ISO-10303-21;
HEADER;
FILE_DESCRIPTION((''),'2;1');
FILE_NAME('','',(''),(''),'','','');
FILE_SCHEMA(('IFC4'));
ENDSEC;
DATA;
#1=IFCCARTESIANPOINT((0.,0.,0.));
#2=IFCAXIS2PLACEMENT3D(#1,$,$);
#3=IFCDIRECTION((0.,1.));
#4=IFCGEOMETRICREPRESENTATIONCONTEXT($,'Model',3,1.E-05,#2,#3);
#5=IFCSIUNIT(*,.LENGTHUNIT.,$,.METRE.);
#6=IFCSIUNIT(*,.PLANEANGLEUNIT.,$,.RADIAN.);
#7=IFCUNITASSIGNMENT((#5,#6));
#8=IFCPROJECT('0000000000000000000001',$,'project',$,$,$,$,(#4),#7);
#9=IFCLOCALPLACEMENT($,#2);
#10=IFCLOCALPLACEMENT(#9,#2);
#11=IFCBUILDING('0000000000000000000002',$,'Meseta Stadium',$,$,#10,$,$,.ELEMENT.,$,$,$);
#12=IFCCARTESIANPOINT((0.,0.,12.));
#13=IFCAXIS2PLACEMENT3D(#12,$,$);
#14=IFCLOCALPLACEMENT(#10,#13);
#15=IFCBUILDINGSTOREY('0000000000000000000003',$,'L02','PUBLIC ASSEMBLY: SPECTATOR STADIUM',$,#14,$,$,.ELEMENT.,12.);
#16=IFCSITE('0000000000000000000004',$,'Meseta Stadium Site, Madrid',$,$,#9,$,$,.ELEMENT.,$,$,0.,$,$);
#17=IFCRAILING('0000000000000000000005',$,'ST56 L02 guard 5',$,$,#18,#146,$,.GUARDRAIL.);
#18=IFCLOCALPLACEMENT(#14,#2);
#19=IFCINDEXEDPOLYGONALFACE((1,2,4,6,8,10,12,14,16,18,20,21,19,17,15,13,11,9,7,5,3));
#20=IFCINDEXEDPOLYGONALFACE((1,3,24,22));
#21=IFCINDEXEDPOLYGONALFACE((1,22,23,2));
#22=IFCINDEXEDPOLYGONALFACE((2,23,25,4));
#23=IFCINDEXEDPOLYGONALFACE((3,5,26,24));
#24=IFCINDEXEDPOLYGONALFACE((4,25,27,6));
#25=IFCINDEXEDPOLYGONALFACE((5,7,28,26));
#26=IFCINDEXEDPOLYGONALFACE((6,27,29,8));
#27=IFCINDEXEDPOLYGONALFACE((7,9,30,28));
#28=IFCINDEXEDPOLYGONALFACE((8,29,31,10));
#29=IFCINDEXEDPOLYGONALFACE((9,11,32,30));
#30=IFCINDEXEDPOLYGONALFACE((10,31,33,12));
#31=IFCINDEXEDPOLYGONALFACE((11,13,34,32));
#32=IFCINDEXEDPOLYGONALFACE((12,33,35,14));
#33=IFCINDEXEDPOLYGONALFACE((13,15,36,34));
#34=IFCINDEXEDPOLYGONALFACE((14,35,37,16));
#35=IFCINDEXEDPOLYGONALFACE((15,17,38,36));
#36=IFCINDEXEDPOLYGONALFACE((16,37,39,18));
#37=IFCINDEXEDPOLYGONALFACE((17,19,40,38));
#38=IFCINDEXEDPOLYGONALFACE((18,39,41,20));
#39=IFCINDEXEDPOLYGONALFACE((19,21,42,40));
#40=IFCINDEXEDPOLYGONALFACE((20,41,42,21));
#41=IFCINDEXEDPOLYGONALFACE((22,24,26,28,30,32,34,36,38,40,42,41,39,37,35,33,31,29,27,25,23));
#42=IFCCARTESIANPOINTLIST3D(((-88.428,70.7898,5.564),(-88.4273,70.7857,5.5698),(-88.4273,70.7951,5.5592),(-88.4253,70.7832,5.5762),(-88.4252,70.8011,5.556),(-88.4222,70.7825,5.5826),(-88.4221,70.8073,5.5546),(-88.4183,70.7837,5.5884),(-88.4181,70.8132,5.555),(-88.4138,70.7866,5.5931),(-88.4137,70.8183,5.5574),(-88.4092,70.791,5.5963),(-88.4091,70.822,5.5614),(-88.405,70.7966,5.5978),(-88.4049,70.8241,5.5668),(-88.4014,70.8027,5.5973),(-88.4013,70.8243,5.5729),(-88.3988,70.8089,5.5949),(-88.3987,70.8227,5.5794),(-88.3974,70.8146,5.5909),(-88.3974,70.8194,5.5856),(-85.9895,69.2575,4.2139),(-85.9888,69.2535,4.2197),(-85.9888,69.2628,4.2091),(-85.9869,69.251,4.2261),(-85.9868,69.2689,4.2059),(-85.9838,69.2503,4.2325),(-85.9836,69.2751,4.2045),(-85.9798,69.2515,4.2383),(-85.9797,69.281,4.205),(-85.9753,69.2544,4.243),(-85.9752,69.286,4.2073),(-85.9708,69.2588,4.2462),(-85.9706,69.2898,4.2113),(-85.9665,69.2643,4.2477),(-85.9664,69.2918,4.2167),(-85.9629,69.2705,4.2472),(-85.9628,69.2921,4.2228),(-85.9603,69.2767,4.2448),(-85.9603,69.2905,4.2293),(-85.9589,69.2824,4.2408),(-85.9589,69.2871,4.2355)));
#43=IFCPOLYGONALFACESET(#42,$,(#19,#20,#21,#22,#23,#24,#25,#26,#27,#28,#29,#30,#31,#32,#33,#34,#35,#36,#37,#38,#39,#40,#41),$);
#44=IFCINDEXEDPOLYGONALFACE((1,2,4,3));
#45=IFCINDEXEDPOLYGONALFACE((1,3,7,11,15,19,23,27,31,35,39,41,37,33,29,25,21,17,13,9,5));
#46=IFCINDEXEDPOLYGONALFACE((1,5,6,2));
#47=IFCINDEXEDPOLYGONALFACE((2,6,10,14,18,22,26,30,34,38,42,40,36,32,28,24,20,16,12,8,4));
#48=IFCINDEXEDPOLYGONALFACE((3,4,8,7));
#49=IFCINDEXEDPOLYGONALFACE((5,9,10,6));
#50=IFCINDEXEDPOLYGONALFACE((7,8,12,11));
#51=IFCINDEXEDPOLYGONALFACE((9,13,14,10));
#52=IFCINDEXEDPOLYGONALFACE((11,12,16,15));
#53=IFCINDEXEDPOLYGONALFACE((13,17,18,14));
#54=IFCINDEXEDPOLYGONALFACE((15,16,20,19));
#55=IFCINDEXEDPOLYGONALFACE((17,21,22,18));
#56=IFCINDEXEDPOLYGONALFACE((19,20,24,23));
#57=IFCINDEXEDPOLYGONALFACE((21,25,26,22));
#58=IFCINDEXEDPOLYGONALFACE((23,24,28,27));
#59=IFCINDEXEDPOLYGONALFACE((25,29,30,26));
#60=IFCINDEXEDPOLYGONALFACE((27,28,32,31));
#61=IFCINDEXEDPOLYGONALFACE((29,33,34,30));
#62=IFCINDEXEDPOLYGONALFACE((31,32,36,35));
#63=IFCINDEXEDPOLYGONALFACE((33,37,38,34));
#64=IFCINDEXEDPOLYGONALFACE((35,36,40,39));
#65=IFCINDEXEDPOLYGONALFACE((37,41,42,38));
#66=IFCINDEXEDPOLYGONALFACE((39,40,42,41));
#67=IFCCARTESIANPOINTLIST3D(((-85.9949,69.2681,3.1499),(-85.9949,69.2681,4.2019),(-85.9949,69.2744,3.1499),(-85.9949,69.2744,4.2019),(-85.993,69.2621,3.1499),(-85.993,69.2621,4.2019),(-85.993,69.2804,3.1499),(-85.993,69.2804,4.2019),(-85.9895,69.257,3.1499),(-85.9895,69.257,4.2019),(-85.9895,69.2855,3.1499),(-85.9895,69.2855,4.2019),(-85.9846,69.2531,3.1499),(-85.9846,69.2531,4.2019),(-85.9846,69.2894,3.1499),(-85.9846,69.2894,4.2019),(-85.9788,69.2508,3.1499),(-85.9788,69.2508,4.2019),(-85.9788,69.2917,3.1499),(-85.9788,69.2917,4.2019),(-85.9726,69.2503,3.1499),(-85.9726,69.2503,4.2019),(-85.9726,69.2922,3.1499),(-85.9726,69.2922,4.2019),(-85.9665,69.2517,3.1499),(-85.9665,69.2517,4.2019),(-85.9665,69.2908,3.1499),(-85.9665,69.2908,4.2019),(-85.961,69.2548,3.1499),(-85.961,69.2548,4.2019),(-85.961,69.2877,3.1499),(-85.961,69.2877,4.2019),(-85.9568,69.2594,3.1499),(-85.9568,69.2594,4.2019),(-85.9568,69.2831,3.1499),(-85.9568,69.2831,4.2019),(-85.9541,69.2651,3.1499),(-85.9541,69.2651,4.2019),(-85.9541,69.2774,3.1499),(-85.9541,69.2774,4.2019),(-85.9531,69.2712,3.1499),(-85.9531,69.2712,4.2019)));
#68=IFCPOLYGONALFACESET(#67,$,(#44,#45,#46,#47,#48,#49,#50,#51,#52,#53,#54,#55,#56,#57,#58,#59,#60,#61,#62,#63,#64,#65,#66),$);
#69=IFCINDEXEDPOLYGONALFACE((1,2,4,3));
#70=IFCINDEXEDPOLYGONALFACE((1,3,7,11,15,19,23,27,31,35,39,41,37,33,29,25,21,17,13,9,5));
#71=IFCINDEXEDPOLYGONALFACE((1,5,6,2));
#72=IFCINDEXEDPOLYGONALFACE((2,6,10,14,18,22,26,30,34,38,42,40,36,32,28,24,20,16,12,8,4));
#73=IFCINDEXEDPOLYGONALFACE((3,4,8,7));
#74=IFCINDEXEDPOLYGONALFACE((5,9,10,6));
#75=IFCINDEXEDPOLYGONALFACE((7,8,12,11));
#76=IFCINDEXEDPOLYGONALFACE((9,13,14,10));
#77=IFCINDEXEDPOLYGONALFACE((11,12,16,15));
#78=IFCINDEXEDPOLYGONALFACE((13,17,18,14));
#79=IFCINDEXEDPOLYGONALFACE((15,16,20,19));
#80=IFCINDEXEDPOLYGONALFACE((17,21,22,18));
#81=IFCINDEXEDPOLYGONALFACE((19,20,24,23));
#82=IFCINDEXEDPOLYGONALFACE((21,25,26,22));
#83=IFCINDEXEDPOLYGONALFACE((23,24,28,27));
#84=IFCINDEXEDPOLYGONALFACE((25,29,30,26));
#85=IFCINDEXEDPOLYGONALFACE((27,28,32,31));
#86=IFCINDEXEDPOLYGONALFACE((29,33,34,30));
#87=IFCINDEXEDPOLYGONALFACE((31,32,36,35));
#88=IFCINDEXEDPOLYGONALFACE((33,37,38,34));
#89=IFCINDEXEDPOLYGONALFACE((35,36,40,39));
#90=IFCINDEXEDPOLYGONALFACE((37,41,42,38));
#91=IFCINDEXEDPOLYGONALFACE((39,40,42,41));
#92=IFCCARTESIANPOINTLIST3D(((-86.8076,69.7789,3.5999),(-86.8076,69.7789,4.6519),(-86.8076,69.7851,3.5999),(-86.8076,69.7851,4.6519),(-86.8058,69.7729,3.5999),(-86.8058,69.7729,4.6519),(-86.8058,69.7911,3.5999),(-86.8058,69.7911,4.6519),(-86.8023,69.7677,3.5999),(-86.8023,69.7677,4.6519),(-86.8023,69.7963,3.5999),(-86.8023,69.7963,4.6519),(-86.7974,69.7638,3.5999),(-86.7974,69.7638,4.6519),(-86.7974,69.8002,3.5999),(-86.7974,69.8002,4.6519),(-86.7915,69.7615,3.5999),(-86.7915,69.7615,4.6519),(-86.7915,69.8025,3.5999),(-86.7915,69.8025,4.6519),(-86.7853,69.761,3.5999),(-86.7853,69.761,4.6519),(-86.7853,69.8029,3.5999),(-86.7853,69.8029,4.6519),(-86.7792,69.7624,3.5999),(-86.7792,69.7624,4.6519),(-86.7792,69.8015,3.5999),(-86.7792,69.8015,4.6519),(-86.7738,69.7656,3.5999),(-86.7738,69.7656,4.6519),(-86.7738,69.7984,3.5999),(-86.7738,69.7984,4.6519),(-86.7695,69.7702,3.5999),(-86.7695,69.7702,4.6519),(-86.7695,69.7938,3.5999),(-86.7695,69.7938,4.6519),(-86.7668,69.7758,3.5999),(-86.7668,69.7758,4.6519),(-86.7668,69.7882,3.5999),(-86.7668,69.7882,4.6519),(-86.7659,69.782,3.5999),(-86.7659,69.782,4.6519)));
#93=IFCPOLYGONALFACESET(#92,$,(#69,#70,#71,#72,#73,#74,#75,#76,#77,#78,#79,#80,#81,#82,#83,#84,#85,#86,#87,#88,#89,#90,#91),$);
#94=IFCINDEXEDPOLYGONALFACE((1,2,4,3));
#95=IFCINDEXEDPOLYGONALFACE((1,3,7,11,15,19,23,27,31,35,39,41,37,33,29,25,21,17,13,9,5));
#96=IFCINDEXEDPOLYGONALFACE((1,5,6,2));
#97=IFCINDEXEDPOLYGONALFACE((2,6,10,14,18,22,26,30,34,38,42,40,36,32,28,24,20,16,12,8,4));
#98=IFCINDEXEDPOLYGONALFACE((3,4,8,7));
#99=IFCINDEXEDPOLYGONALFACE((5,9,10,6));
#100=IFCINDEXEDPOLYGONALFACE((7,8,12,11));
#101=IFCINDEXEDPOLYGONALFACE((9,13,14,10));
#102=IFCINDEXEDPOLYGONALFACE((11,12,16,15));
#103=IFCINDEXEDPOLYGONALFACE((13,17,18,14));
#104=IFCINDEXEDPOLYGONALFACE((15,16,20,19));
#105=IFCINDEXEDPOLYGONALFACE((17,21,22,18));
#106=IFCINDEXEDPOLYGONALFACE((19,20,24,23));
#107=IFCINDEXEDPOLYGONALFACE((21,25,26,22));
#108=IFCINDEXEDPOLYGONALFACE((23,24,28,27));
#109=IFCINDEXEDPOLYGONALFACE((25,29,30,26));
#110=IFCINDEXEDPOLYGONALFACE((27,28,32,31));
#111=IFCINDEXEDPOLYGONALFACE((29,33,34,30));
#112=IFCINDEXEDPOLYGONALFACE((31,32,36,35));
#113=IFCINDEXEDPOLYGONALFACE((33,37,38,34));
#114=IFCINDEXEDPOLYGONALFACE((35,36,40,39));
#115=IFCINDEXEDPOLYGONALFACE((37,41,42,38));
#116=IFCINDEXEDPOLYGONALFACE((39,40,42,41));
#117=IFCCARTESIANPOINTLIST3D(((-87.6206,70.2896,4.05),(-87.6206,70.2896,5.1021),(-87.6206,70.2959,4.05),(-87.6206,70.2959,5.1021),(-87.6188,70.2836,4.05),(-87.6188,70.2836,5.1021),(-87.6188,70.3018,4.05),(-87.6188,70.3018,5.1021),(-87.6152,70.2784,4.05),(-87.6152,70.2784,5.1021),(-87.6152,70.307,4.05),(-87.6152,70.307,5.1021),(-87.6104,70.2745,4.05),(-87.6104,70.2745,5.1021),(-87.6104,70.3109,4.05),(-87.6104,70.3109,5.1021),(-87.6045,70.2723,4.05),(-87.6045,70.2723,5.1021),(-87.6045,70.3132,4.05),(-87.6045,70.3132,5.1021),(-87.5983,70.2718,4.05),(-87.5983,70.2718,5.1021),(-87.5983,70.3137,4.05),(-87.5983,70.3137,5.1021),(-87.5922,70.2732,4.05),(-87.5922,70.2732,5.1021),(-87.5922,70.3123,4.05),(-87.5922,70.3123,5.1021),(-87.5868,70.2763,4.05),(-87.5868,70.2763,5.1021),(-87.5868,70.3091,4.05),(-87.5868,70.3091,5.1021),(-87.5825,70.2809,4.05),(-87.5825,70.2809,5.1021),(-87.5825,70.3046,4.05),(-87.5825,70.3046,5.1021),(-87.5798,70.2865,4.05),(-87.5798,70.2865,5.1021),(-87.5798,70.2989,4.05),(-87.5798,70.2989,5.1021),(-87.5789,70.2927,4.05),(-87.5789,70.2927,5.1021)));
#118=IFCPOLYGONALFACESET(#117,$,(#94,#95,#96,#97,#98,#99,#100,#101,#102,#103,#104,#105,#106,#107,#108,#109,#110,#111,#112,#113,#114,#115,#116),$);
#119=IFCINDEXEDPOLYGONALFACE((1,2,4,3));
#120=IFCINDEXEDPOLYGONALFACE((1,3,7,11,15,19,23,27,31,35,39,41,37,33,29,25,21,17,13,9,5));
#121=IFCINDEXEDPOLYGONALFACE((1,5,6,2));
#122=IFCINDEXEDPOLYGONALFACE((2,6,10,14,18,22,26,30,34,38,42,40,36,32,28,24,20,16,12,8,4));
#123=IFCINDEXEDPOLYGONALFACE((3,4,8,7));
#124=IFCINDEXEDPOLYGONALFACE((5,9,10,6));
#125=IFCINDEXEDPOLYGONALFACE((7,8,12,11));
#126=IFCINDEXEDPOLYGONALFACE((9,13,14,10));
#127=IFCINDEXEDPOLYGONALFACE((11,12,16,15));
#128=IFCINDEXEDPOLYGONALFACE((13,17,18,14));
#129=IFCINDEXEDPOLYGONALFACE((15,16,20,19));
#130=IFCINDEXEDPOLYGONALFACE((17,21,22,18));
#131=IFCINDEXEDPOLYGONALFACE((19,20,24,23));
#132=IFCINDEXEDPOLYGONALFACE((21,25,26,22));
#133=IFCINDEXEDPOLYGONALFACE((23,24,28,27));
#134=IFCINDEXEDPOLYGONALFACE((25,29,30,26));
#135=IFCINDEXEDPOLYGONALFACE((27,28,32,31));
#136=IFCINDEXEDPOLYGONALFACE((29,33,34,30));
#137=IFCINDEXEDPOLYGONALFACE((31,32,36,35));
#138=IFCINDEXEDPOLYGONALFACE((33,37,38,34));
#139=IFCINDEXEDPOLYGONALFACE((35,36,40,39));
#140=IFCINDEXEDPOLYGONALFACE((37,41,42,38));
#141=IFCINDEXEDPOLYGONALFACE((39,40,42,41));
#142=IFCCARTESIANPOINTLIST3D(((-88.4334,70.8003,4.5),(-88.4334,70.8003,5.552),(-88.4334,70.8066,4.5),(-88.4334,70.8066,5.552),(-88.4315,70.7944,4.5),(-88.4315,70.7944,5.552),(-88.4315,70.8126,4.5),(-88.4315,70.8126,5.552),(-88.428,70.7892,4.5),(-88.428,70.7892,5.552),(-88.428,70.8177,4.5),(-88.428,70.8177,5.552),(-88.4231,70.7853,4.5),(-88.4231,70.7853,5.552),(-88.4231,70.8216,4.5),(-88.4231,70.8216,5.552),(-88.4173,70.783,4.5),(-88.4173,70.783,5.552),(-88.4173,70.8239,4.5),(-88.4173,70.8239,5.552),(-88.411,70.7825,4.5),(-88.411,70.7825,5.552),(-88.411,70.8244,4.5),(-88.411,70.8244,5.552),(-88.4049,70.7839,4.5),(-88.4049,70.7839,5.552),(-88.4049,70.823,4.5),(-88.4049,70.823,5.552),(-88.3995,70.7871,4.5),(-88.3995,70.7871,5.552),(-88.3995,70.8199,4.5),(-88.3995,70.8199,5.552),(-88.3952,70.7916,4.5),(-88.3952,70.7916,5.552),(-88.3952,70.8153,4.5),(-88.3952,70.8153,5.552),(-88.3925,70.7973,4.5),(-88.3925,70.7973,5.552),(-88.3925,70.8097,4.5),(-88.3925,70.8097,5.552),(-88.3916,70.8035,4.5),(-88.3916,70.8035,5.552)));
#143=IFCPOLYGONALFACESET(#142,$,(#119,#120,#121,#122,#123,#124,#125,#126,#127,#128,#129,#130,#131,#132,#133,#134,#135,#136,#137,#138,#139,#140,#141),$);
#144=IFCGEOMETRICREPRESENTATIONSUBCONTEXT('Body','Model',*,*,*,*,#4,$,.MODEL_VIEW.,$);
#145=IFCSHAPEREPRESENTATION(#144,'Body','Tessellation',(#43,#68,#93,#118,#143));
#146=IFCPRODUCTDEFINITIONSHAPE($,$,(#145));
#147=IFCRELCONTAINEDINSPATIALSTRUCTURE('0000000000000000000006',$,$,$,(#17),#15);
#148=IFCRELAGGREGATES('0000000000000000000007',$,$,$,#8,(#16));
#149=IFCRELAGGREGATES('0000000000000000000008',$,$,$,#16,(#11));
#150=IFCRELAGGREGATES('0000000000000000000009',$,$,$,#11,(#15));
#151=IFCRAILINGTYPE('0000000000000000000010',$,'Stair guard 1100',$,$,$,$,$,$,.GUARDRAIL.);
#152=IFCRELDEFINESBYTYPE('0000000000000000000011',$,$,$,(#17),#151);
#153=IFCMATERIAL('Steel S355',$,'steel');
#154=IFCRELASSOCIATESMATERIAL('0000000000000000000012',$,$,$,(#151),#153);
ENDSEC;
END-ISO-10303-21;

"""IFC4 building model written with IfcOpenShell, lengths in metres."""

from ifc_helpers import new_model, si_unit, direction, frame, origin, origin_2d, place, context, subcontext, project, spatial, circle, extrude, material, type_object, element, save


model = new_model("IFC4")

# Units and contexts
model_context = context("Model", 3, precision=1e-05, world=origin(), true_north=direction((0.0, 1.0)))
body_context = subcontext(model_context, "Body", "Model", "MODEL_VIEW")
ifc_project = project(units=[si_unit("LENGTHUNIT", "METRE"), si_unit("PLANEANGLEUNIT", "RADIAN")], contexts=[model_context])

# Site, building, storey
site_placement = place(None, origin())
site = spatial("IfcSite", under=ifc_project, at=site_placement, Name="Meseta Stadium Site, Madrid", CompositionType="ELEMENT", RefElevation=0.0)
building_placement = place(site_placement, origin())
building = spatial("IfcBuilding", under=site, at=building_placement, Name="Meseta Stadium", CompositionType="ELEMENT")
storey_placement = place(building_placement, frame((0.0, 0.0, 12.0)))
storey = spatial("IfcBuildingStorey", under=building, at=storey_placement, Name="L02", Description="PUBLIC ASSEMBLY: SPECTATOR STADIUM", CompositionType="ELEMENT", Elevation=12.0)

# Railing
ifc_material_1 = material(Name="Steel S355", Category="steel")
railing_type_1 = type_object("IfcRailingType", Name="Stair guard 1100", PredefinedType="GUARDRAIL", material=ifc_material_1)
railing_1_placement = place(storey_placement, frame((-85.9741, 69.2712, 3.1499)))
element("IfcRailing", 1, at=railing_1_placement, inside=storey, type_object=railing_type_1, Name="ST56 L02 guard 5", PredefinedType="GUARDRAIL", context=body_context, shape_type="SweptSolid", body=[
    extrude(circle(Radius=0.0239, at=origin_2d()), frame((0.0, 0.0, 1.0762), z_axis=(-0.766655, 0.481731, 0.42447), x_axis=(-0.53204, -0.846719, 0.0)), (0.0, 0.0, 1.0), 3.1807),
    extrude(circle(Radius=0.021, at=origin_2d()), origin(), (0.0, 0.0, 1.0), 1.052),
    extrude(circle(Radius=0.021, at=origin_2d()), frame((-0.8127, 0.5107, 0.45)), (0.0, 0.0, 1.0), 1.052),
    extrude(circle(Radius=0.021, at=origin_2d()), frame((-1.6257, 1.0215, 0.9001)), (0.0, 0.0, 1.0), 1.052),
    extrude(circle(Radius=0.021, at=origin_2d()), frame((-2.4385, 1.5322, 1.3501)), (0.0, 0.0, 1.0), 1.052),
])

save(model, "model.ifc")
